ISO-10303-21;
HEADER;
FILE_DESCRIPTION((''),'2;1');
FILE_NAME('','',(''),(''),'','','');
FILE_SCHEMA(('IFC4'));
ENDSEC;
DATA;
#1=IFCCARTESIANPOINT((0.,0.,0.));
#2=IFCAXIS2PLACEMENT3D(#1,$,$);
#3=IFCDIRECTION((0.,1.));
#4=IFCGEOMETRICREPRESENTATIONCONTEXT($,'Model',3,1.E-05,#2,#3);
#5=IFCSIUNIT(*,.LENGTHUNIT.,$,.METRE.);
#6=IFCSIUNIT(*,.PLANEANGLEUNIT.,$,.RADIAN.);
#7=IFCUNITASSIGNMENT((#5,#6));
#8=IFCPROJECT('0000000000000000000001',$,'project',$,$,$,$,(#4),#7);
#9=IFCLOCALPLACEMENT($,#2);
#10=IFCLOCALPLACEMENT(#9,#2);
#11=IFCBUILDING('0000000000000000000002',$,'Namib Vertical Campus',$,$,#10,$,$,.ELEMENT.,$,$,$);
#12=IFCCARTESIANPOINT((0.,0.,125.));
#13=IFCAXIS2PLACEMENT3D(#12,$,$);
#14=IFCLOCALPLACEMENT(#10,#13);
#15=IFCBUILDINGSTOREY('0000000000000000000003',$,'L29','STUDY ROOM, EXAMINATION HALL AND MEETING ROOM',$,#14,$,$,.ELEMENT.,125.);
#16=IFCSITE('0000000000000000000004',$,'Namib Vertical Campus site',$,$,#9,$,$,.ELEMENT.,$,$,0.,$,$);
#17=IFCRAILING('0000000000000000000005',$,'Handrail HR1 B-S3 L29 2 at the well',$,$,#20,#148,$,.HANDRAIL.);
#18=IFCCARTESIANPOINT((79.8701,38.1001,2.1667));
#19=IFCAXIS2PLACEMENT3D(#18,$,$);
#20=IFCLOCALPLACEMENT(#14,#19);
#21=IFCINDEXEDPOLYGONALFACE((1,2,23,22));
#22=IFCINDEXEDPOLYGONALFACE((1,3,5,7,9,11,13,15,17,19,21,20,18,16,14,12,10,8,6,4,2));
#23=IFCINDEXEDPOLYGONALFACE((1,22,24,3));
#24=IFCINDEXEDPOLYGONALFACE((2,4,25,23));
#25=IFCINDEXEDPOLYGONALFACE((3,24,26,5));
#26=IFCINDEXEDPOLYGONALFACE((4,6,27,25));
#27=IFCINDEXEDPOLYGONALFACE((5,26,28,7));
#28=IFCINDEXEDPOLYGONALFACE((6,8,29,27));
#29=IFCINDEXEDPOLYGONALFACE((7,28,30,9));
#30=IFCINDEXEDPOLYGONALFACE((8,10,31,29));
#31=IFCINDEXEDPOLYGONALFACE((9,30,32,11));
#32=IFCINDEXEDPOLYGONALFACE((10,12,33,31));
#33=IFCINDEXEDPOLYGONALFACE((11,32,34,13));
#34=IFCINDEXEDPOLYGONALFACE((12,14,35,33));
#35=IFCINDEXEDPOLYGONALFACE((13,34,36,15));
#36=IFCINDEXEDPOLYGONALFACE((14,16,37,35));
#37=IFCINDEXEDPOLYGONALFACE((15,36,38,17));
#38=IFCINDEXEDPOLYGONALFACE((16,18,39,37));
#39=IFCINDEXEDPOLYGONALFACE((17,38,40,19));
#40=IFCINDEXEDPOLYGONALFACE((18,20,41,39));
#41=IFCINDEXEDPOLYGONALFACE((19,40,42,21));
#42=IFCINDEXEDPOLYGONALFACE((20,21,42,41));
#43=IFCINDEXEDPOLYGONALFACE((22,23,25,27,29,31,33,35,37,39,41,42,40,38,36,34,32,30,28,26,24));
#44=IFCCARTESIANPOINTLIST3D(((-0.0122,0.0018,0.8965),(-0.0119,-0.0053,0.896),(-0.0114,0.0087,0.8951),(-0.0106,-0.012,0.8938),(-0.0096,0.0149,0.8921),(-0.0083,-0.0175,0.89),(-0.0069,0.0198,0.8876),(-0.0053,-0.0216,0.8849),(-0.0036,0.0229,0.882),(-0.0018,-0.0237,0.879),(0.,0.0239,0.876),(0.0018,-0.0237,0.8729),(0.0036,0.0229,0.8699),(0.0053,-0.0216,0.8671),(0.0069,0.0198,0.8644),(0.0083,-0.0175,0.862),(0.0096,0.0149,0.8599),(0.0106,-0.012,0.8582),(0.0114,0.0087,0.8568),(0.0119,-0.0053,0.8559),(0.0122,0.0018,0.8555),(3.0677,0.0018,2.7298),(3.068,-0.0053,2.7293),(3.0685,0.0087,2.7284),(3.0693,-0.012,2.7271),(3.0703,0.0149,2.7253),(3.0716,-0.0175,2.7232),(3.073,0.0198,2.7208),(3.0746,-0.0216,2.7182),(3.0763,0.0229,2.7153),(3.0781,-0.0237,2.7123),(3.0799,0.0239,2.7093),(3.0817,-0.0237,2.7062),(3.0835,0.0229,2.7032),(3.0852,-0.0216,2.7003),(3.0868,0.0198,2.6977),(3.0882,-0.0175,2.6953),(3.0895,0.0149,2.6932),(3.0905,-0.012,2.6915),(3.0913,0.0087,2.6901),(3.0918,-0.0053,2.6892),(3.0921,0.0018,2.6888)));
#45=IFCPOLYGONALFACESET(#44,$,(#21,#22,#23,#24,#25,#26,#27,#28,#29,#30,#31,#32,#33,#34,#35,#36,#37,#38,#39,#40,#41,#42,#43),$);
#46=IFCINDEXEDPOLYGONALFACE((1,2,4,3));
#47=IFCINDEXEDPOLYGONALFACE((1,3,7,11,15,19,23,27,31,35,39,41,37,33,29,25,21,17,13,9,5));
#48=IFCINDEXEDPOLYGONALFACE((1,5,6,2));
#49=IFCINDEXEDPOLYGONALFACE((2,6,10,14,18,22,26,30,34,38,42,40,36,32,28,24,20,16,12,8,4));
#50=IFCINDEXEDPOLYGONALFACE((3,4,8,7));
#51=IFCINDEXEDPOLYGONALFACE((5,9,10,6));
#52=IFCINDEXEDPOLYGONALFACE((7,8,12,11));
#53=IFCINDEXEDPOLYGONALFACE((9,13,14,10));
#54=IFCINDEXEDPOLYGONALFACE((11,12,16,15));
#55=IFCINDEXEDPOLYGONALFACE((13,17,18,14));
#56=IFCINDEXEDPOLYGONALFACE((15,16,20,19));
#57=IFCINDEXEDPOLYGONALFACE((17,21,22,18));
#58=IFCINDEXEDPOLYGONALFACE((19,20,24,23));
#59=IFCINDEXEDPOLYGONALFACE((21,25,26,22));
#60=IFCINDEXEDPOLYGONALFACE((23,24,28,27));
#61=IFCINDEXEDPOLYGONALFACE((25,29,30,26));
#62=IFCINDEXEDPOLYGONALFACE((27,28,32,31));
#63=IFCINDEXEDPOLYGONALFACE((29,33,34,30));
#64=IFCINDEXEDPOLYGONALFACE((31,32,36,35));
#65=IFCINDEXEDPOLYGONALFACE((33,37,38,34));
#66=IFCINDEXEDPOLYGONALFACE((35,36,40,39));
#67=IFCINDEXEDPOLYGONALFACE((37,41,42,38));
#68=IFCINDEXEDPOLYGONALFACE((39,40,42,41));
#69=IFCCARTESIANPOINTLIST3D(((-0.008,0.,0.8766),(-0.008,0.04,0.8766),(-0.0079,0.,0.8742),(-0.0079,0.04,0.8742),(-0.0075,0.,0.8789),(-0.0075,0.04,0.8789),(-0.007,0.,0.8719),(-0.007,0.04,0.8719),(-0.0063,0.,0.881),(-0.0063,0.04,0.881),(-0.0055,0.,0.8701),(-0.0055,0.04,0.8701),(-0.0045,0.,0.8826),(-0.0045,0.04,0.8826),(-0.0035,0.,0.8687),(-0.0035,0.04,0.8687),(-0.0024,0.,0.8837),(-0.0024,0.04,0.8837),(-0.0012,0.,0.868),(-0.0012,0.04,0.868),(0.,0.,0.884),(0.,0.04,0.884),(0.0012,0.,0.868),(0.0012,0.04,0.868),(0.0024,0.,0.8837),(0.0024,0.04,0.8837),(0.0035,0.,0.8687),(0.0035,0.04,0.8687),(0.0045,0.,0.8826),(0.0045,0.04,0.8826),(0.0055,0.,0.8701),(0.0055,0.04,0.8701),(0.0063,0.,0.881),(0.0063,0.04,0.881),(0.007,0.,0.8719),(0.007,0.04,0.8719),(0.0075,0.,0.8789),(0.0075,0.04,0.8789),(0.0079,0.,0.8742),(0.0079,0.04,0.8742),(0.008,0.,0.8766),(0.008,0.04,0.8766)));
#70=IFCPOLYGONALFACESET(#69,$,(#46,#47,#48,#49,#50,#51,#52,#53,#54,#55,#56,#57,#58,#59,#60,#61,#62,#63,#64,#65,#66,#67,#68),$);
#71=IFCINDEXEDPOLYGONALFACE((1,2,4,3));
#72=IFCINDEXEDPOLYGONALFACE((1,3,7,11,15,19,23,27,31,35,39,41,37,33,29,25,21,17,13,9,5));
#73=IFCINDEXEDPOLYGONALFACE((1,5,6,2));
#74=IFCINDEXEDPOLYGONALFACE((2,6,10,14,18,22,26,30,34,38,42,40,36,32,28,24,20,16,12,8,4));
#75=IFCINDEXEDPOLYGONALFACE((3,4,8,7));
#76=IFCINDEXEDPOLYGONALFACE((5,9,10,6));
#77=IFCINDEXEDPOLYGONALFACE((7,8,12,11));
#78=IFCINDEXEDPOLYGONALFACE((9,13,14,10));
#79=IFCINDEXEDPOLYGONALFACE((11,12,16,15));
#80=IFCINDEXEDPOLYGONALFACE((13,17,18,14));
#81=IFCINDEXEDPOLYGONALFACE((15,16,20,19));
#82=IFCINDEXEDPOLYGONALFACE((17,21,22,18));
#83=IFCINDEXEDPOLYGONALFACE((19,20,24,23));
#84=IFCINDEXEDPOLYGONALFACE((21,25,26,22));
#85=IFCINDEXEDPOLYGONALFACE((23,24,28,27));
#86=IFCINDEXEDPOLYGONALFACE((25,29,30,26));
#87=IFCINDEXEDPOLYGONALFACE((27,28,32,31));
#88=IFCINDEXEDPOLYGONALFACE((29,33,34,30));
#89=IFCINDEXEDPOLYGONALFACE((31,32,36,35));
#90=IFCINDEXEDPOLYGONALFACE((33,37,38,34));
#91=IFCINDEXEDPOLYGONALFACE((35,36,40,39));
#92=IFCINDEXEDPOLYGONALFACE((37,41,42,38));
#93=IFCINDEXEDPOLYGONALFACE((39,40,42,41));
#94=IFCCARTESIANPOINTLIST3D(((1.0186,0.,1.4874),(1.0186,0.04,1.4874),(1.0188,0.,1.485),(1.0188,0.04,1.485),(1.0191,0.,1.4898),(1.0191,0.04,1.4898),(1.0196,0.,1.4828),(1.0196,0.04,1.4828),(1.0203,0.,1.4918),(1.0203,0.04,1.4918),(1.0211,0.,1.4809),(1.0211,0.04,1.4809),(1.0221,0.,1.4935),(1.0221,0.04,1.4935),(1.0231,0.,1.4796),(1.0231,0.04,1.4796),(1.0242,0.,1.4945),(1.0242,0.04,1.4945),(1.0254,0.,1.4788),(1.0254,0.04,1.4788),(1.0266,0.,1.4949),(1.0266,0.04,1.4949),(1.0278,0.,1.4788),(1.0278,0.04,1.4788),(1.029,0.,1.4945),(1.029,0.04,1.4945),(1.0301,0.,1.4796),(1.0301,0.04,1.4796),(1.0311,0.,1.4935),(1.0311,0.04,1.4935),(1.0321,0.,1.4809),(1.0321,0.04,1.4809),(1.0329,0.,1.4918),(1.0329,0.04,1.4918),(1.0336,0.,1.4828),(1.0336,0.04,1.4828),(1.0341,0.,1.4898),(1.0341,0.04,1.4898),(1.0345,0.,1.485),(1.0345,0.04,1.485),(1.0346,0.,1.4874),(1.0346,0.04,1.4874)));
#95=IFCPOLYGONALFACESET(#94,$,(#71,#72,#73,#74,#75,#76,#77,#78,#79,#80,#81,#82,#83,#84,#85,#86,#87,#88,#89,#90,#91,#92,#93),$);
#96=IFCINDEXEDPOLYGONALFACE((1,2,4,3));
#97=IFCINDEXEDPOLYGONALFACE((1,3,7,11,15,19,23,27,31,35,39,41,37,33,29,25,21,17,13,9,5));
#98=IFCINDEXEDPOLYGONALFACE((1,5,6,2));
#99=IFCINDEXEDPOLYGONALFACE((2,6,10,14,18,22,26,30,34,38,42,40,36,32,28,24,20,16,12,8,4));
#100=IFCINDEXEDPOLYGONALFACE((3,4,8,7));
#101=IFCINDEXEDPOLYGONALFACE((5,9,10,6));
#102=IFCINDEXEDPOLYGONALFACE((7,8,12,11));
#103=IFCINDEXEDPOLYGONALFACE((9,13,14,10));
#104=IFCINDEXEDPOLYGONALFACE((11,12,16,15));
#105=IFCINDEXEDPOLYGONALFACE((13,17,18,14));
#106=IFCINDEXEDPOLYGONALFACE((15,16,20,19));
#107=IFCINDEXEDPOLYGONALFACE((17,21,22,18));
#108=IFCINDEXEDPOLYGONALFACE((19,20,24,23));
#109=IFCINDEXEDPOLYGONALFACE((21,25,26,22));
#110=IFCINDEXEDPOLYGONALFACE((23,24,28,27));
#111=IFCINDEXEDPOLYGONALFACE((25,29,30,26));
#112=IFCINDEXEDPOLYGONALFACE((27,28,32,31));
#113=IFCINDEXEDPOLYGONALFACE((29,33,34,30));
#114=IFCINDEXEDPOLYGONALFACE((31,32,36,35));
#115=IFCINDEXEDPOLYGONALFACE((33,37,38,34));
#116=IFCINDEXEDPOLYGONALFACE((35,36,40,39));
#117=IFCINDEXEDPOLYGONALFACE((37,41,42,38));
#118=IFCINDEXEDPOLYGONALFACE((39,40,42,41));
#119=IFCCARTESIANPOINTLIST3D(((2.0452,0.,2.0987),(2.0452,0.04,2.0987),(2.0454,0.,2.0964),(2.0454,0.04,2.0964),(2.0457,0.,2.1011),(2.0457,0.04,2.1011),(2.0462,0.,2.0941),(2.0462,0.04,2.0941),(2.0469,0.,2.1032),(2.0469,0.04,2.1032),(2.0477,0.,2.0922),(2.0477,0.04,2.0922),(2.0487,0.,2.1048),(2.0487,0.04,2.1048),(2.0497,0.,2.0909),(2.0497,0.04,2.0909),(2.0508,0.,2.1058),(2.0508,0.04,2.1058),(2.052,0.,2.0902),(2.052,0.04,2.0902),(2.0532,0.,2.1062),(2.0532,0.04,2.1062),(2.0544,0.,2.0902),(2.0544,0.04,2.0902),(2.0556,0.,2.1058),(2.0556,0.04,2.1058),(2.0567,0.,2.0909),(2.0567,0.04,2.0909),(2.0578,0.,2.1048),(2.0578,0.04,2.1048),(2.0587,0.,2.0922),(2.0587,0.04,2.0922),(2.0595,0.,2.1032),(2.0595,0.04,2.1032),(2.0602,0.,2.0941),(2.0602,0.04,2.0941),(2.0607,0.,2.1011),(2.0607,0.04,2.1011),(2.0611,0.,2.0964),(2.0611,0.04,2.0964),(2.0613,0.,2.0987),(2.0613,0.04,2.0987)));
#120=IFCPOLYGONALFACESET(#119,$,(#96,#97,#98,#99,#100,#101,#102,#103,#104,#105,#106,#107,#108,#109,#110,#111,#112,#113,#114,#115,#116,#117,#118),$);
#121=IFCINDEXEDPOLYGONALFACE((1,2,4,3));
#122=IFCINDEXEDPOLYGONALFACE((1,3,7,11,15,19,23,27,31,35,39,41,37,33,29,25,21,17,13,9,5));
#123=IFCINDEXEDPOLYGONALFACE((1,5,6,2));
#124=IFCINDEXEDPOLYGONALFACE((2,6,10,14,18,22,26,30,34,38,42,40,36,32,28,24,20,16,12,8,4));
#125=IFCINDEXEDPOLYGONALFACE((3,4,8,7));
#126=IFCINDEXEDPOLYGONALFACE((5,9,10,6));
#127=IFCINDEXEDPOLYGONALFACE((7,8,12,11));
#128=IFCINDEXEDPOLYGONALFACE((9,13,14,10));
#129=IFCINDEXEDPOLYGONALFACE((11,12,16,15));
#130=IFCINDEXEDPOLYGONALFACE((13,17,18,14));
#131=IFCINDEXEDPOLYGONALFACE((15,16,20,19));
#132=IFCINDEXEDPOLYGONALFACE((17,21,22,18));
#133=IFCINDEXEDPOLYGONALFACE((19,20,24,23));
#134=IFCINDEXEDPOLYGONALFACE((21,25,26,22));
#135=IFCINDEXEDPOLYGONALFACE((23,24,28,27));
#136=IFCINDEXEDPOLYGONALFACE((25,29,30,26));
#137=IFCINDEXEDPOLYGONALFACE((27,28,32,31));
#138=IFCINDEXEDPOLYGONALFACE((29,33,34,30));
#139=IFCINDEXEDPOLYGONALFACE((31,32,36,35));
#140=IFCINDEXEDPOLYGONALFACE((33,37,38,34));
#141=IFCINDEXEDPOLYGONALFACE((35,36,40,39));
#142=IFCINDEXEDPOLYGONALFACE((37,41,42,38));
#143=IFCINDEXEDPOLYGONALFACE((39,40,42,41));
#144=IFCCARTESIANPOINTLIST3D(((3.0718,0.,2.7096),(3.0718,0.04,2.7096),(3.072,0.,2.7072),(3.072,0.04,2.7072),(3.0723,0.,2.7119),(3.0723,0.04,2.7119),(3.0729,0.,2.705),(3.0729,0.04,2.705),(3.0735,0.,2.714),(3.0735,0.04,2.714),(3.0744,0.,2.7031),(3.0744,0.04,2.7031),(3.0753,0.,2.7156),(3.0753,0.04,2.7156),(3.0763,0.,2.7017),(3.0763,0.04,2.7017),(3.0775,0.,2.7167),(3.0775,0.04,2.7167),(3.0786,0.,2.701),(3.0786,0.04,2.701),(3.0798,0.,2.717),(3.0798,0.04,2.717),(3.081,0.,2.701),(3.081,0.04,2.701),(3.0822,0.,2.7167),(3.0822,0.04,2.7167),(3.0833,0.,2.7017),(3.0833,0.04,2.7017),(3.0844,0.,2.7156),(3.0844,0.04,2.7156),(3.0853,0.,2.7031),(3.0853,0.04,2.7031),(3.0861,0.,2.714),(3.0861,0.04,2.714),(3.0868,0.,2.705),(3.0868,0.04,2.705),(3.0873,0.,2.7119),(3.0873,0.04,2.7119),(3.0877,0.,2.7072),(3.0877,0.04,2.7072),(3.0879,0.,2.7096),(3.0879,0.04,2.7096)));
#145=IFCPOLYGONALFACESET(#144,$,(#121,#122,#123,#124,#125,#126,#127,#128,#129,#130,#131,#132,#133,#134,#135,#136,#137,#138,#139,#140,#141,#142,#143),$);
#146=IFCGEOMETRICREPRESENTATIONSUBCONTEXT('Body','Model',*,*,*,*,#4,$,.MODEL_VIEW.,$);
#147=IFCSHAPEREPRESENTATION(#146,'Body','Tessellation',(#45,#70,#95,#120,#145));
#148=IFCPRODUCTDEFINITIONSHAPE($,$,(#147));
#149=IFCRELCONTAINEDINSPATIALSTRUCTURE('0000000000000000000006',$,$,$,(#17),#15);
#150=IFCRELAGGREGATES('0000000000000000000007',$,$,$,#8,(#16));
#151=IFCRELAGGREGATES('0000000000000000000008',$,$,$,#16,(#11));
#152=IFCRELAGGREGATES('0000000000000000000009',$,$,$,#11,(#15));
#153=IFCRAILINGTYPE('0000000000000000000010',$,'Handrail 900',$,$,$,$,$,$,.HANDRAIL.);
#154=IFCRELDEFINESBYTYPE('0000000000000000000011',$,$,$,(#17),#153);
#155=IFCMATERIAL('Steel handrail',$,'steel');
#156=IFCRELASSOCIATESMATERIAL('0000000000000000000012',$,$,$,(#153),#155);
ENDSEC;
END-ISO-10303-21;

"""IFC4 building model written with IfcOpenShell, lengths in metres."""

from ifc_helpers import new_model, si_unit, direction, frame, origin, origin_2d, place, context, subcontext, project, spatial, circle, extrude, material, type_object, element, save


model = new_model("IFC4")

# Units and contexts
model_context = context("Model", 3, precision=1e-05, world=origin(), true_north=direction((0.0, 1.0)))
body_context = subcontext(model_context, "Body", "Model", "MODEL_VIEW")
ifc_project = project(units=[si_unit("LENGTHUNIT", "METRE"), si_unit("PLANEANGLEUNIT", "RADIAN")], contexts=[model_context])

# Site, building, storey
site_placement = place(None, origin())
site = spatial("IfcSite", under=ifc_project, at=site_placement, Name="Namib Vertical Campus site", CompositionType="ELEMENT", RefElevation=0.0)
building_placement = place(site_placement, origin())
building = spatial("IfcBuilding", under=site, at=building_placement, Name="Namib Vertical Campus", CompositionType="ELEMENT")
storey_placement = place(building_placement, frame((0.0, 0.0, 125.0)))
storey = spatial("IfcBuildingStorey", under=building, at=storey_placement, Name="L29", Description="STUDY ROOM, EXAMINATION HALL AND MEETING ROOM", CompositionType="ELEMENT", Elevation=125.0)

# Railing
ifc_material_1 = material(Name="Steel handrail", Category="steel")
railing_type_1 = type_object("IfcRailingType", Name="Handrail 900", PredefinedType="HANDRAIL", material=ifc_material_1)
railing_1_placement = place(storey_placement, frame((79.8701, 38.1001, 2.1667)))
element("IfcRailing", 1, at=railing_1_placement, inside=storey, type_object=railing_type_1, Name="Handrail HR1 B-S3 L29 2 at the well", PredefinedType="HANDRAIL", context=body_context, shape_type="SweptSolid", body=[
    extrude(circle(Radius=0.0239, at=origin_2d()), frame((0.0, 0.0, 0.876), z_axis=(0.859291, 0.0, 0.511487), x_axis=(0.0, 1.0, 0.0)), (0.0, 0.0, 1.0), 3.5842),
    extrude(circle(Radius=0.0081, at=origin_2d()), frame((0.0, 0.0, 0.876), z_axis=(0.0, 1.0, 0.0), x_axis=(0.0, 0.0, 1.0)), (0.0, 0.0, 1.0), 0.04),
    extrude(circle(Radius=0.0081, at=origin_2d()), frame((1.0266, 0.0, 1.4868), z_axis=(0.0, 1.0, 0.0), x_axis=(0.0, 0.0, 1.0)), (0.0, 0.0, 1.0), 0.04),
    extrude(circle(Radius=0.0081, at=origin_2d()), frame((2.0532, 0.0, 2.0981), z_axis=(0.0, 1.0, 0.0), x_axis=(0.0, 0.0, 1.0)), (0.0, 0.0, 1.0), 0.04),
    extrude(circle(Radius=0.0081, at=origin_2d()), frame((3.0798, 0.0, 2.709), z_axis=(0.0, 1.0, 0.0), x_axis=(0.0, 0.0, 1.0)), (0.0, 0.0, 1.0), 0.04),
])

save(model, "model.ifc")
